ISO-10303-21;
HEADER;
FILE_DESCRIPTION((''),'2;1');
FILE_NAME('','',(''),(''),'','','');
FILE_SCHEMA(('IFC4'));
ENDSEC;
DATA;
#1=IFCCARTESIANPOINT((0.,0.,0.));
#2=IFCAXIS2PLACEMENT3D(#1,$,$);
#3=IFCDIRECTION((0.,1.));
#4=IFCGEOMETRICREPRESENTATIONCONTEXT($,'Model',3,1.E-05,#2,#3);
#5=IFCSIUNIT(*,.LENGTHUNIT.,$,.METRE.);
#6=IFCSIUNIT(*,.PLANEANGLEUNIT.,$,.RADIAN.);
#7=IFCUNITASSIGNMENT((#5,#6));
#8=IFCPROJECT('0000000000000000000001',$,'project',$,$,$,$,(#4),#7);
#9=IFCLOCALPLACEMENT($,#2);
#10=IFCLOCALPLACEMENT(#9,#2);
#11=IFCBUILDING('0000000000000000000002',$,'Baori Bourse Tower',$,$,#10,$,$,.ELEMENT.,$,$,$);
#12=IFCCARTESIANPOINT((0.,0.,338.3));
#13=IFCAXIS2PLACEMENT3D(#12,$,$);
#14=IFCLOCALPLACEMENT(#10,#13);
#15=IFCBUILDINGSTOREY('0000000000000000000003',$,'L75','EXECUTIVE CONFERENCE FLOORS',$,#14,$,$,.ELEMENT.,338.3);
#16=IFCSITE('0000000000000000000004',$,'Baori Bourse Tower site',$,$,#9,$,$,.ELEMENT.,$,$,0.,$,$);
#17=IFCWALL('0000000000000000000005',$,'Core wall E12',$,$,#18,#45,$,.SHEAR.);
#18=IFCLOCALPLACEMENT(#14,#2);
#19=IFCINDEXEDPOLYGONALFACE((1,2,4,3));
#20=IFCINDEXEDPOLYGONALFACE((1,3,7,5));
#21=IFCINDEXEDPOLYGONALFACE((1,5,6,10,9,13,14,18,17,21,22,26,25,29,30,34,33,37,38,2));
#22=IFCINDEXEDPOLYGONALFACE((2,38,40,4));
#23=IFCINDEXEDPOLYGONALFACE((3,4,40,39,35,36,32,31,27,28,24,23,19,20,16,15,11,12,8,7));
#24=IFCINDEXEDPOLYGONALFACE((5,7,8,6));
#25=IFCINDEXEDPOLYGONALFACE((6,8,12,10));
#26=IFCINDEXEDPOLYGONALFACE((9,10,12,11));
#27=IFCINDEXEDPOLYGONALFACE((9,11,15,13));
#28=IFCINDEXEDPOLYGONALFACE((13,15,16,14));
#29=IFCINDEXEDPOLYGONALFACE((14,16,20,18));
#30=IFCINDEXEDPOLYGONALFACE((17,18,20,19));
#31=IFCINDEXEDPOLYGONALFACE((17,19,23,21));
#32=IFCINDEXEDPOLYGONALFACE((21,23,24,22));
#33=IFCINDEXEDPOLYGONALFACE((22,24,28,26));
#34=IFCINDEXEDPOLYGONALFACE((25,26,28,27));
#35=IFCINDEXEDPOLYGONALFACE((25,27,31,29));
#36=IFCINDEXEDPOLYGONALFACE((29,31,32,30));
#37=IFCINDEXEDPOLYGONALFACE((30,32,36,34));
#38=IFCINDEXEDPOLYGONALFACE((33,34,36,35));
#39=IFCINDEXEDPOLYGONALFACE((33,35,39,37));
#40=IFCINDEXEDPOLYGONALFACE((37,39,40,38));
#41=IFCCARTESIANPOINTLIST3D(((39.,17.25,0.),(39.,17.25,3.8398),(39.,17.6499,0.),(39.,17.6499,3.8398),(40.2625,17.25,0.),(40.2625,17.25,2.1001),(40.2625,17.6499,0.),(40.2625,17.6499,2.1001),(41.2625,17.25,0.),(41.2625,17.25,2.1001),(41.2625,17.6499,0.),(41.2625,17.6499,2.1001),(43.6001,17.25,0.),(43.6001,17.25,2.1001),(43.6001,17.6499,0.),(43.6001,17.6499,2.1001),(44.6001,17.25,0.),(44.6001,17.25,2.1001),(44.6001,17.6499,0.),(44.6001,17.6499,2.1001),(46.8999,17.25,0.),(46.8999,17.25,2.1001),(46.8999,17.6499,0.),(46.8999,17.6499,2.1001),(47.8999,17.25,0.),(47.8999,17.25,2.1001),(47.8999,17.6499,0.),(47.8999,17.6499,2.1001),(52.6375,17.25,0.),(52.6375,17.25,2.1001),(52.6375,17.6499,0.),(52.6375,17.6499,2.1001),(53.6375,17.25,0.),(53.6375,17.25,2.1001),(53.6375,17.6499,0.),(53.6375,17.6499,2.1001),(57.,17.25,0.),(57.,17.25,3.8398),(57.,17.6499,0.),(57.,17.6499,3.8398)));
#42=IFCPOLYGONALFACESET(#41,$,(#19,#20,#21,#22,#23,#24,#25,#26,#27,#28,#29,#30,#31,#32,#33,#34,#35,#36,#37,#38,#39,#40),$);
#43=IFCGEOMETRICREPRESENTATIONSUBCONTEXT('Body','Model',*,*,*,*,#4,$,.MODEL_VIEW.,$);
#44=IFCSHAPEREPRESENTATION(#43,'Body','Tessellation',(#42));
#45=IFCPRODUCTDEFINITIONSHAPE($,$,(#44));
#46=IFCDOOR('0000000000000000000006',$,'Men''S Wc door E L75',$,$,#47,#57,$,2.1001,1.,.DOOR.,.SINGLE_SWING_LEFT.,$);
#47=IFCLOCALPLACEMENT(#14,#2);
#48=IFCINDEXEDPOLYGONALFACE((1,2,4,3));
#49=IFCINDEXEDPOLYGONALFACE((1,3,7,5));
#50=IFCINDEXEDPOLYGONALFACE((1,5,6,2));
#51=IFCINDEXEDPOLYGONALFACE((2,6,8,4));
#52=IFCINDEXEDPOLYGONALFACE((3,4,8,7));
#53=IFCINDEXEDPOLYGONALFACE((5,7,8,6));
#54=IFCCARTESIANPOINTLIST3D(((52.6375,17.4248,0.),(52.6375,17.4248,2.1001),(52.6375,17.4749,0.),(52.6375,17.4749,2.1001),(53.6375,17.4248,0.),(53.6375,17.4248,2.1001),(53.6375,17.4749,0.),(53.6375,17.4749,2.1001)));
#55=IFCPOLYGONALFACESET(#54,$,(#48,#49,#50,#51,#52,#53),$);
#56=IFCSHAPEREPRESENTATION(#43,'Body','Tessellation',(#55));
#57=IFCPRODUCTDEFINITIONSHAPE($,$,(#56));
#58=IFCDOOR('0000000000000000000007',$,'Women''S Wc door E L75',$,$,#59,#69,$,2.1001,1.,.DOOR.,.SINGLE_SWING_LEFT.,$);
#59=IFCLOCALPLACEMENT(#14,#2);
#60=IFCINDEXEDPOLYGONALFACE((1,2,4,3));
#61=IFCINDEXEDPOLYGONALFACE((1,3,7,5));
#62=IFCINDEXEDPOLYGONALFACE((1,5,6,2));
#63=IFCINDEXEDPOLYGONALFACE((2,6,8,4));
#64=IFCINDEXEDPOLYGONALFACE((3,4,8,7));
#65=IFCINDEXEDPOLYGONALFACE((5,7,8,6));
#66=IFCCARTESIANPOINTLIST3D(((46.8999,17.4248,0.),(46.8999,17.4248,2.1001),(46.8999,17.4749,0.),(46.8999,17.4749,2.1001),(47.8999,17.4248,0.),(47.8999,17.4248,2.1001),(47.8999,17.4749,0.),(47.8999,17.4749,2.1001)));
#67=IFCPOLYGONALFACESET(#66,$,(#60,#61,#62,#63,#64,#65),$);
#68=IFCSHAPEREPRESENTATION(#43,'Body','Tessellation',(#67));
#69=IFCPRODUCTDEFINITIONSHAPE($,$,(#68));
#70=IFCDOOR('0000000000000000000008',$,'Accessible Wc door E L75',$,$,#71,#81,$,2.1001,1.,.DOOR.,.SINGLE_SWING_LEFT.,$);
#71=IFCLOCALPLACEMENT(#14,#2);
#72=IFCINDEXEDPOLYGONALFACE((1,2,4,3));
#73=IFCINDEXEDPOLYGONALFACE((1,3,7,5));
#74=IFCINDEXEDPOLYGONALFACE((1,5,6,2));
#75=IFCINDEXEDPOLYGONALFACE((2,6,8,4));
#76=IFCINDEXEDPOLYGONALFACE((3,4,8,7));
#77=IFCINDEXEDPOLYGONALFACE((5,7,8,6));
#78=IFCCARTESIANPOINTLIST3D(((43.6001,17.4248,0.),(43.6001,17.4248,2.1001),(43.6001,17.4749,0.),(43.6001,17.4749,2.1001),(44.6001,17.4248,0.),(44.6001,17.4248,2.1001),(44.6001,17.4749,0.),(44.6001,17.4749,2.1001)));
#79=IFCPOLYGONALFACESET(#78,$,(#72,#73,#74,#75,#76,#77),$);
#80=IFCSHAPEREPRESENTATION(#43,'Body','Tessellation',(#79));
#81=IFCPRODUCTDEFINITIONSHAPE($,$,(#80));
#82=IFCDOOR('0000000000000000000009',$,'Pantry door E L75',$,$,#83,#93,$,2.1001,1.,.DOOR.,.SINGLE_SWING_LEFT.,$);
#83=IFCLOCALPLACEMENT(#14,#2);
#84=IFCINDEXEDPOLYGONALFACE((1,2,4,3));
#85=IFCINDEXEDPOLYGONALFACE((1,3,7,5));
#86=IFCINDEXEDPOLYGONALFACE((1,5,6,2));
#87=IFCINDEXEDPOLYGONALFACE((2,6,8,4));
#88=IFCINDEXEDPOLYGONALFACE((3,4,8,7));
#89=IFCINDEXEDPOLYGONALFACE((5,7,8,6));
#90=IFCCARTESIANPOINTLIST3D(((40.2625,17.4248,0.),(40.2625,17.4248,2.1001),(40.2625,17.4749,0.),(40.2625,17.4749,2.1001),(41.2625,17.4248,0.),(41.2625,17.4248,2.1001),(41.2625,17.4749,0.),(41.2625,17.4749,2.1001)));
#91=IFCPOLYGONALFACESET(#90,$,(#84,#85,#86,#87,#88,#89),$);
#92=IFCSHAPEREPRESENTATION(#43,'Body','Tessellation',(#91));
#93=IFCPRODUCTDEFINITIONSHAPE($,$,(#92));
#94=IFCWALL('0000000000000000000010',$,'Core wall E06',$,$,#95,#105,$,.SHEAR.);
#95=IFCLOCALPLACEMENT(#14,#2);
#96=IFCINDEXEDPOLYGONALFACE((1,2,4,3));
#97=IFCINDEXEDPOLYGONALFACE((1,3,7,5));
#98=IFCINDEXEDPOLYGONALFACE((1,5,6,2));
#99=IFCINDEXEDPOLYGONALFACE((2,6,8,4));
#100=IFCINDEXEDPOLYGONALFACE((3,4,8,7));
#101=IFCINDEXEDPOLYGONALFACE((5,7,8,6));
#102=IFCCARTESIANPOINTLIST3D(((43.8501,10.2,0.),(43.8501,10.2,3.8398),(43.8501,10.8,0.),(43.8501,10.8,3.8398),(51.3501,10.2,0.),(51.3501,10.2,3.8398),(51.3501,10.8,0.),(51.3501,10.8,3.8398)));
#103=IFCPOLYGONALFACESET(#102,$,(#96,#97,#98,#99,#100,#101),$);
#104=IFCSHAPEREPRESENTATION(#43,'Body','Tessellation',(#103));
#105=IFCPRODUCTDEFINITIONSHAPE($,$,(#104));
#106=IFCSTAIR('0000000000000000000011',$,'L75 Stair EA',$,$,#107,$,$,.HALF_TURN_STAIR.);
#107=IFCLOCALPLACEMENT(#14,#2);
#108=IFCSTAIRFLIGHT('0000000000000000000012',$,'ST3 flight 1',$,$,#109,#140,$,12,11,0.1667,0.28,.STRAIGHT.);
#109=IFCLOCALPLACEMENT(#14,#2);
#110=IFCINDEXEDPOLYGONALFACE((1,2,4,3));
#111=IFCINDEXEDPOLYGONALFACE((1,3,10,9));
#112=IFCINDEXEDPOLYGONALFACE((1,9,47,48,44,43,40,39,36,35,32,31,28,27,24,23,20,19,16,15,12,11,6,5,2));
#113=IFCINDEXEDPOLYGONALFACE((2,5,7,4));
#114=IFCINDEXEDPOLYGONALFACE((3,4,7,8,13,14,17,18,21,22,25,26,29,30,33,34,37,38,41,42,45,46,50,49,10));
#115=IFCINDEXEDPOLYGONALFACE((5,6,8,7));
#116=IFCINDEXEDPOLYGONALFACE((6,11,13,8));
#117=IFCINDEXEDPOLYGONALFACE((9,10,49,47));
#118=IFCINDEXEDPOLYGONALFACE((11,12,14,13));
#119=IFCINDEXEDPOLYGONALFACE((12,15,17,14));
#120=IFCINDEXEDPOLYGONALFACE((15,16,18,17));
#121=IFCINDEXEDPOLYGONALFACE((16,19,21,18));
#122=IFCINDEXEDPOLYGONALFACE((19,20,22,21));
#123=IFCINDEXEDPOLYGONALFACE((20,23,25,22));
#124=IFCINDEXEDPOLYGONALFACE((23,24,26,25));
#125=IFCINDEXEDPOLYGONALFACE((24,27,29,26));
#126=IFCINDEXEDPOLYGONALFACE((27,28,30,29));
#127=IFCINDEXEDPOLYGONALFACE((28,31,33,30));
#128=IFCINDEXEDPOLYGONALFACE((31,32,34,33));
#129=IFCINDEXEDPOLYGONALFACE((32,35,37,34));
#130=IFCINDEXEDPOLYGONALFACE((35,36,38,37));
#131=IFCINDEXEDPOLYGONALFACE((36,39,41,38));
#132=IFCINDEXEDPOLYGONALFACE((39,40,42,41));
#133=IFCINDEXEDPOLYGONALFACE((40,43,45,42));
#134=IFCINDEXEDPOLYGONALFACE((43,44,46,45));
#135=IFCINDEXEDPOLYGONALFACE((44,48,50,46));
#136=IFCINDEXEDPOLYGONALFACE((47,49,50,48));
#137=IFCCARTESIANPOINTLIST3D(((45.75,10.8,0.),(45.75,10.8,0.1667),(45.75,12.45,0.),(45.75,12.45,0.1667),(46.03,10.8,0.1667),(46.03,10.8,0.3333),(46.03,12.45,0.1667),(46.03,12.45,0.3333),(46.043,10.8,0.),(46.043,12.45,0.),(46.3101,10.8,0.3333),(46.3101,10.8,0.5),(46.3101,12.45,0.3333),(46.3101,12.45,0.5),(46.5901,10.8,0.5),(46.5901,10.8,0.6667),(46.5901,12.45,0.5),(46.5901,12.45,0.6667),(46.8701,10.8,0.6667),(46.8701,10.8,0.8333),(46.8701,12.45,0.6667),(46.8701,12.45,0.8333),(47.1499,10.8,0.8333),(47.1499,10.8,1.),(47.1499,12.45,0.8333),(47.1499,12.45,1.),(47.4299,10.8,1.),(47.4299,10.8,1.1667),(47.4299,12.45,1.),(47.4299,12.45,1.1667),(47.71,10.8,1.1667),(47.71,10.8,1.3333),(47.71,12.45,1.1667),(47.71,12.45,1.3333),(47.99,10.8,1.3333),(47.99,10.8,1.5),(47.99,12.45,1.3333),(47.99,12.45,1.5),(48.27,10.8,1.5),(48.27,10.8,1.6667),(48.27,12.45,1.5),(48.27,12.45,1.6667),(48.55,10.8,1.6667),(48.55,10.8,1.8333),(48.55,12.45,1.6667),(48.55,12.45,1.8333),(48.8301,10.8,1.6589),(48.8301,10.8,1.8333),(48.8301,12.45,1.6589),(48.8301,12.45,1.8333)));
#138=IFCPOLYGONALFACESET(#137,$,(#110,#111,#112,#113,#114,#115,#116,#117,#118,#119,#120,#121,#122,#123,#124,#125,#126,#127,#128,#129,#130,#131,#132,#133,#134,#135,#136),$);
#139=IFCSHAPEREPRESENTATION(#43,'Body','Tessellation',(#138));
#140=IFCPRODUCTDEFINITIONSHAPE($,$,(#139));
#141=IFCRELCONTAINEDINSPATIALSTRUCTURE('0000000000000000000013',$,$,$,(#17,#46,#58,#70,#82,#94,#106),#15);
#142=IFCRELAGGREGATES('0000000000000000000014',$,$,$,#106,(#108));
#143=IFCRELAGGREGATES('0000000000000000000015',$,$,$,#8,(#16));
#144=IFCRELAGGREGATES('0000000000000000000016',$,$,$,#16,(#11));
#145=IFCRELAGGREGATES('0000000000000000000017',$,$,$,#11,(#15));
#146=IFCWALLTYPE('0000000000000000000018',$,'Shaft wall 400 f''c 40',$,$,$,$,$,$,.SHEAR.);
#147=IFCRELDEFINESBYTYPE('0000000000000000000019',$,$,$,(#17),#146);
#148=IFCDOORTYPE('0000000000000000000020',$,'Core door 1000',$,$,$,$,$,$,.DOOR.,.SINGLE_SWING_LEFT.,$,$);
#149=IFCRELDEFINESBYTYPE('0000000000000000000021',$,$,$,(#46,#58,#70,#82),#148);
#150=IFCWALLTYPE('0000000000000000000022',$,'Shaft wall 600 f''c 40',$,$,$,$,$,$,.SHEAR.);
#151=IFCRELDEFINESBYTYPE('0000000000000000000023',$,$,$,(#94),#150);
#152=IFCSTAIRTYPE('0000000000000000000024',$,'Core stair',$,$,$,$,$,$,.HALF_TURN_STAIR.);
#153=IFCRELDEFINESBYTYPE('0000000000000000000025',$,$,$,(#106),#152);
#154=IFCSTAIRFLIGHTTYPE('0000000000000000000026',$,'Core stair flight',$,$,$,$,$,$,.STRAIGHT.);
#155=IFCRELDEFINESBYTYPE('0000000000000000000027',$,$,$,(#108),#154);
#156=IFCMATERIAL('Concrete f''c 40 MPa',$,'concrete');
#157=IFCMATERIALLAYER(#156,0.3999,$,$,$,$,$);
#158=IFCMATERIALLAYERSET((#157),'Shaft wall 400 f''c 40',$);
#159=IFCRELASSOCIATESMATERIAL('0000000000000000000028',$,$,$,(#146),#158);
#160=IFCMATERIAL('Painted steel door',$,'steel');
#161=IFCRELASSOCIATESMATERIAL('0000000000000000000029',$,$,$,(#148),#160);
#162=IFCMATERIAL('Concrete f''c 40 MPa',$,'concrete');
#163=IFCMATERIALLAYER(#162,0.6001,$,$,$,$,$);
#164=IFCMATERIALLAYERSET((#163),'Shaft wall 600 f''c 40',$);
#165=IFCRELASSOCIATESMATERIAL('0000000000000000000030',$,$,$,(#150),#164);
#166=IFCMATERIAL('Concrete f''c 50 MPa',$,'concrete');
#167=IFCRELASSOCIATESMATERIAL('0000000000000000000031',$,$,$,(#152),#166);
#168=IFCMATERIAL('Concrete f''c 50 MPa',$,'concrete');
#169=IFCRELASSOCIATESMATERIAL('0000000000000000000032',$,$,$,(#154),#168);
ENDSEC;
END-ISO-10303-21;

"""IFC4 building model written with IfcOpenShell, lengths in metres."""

from ifc_helpers import new_model, si_unit, direction, frame, frame_2d, origin, place, context, subcontext, project, spatial, polyline, rectangle, outline, extrude, material, layer, layer_set, type_object, element, fill, aggregate, save


model = new_model("IFC4")

# Units and contexts
model_context = context("Model", 3, precision=1e-05, world=origin(), true_north=direction((0.0, 1.0)))
body_context = subcontext(model_context, "Body", "Model", "MODEL_VIEW")
ifc_project = project(units=[si_unit("LENGTHUNIT", "METRE"), si_unit("PLANEANGLEUNIT", "RADIAN")], contexts=[model_context])

# Site, building, storey
site_placement = place(None, origin())
site = spatial("IfcSite", under=ifc_project, at=site_placement, Name="Baori Bourse Tower site", CompositionType="ELEMENT", RefElevation=0.0)
building_placement = place(site_placement, origin())
building = spatial("IfcBuilding", under=site, at=building_placement, Name="Baori Bourse Tower", CompositionType="ELEMENT")
storey_placement = place(building_placement, frame((0.0, 0.0, 338.3)))
storey = spatial("IfcBuildingStorey", under=building, at=storey_placement, Name="L75", Description="EXECUTIVE CONFERENCE FLOORS", CompositionType="ELEMENT", Elevation=338.3)

# Shared definitions
ifc_material_1 = material(Name="Concrete f'c 40 MPa", Category="concrete")
ifc_layer_1 = layer(ifc_material_1, 0.3999)
ifc_layer_set_1 = layer_set([ifc_layer_1], Name="Shaft wall 400 f'c 40")
wall_type_1 = type_object("IfcWallType", Name="Shaft wall 400 f'c 40", PredefinedType="SHEAR", material=ifc_layer_set_1)

# Wall, openings, doors
wall_1_placement = place(storey_placement, frame((39.0, 17.45, 0.0), z_axis=(0.0, 0.0, 1.0), x_axis=(1.0, 0.0, 0.0)))
wall_1 = element("IfcWall", 1, at=wall_1_placement, inside=storey, type_object=wall_type_1, Name="Core wall E12", PredefinedType="SHEAR", context=body_context, shape_type="SweptSolid", body=[
    extrude(rectangle(XDim=18.0, YDim=0.3999, at=frame_2d((9.0, 0.0))), origin(), (0.0, 0.0, 1.0), 3.8398),
])
opening_1_placement = place(wall_1_placement, frame((13.6375, 0.0, 0.0)))
opening_1 = element("IfcOpeningElement", 2, at=opening_1_placement, cuts=wall_1, PredefinedType="OPENING", context=body_context, shape_type="SweptSolid", body=[
    extrude(rectangle(XDim=1.0, YDim=2.1001, at=frame_2d((0.5, 1.05))), frame((0.0, 0.21, 0.0), z_axis=(0.0, -1.0, 0.0), x_axis=(1.0, 0.0, 0.0)), (0.0, 0.0, 1.0), 0.4199),
])
opening_2_placement = place(wall_1_placement, frame((7.8999, 0.0, 0.0)))
opening_2 = element("IfcOpeningElement", 3, at=opening_2_placement, cuts=wall_1, PredefinedType="OPENING", context=body_context, shape_type="SweptSolid", body=[
    extrude(rectangle(XDim=1.0, YDim=2.1001, at=frame_2d((0.5, 1.05))), frame((0.0, 0.21, 0.0), z_axis=(0.0, -1.0, 0.0), x_axis=(1.0, 0.0, 0.0)), (0.0, 0.0, 1.0), 0.4199),
])
opening_3_placement = place(wall_1_placement, frame((4.6001, 0.0, 0.0)))
opening_3 = element("IfcOpeningElement", 4, at=opening_3_placement, cuts=wall_1, PredefinedType="OPENING", context=body_context, shape_type="SweptSolid", body=[
    extrude(rectangle(XDim=1.0, YDim=2.1001, at=frame_2d((0.5, 1.05))), frame((0.0, 0.21, 0.0), z_axis=(0.0, -1.0, 0.0), x_axis=(1.0, 0.0, 0.0)), (0.0, 0.0, 1.0), 0.4199),
])
opening_4_placement = place(wall_1_placement, frame((1.2625, 0.0, 0.0)))
opening_4 = element("IfcOpeningElement", 5, at=opening_4_placement, cuts=wall_1, PredefinedType="OPENING", context=body_context, shape_type="SweptSolid", body=[
    extrude(rectangle(XDim=1.0, YDim=2.1001, at=frame_2d((0.5, 1.05))), frame((0.0, 0.21, 0.0), z_axis=(0.0, -1.0, 0.0), x_axis=(1.0, 0.0, 0.0)), (0.0, 0.0, 1.0), 0.4199),
])
ifc_material_2 = material(Name="Painted steel door", Category="steel")
door_type_1 = type_object("IfcDoorType", Name="Core door 1000", OperationType="SINGLE_SWING_LEFT", PredefinedType="DOOR", material=ifc_material_2)
door_1_placement = place(opening_1_placement, origin())
door_1 = element("IfcDoor", 6, at=door_1_placement, inside=storey, type_object=door_type_1, Name="Men'S Wc door E L75", OperationType="SINGLE_SWING_LEFT", OverallHeight=2.1001, OverallWidth=1.0, PredefinedType="DOOR", context=body_context, shape_type="SweptSolid", body=[
    extrude(rectangle(XDim=1.0, YDim=2.1001, at=frame_2d((0.5, 1.05))), frame((0.0, 0.0249, 0.0), z_axis=(0.0, -1.0, 0.0), x_axis=(1.0, 0.0, 0.0)), (0.0, 0.0, 1.0), 0.05),
])
fill(opening_1, door_1)
door_2_placement = place(opening_2_placement, origin())
door_2 = element("IfcDoor", 7, at=door_2_placement, inside=storey, type_object=door_type_1, Name="Women'S Wc door E L75", OperationType="SINGLE_SWING_LEFT", OverallHeight=2.1001, OverallWidth=1.0, PredefinedType="DOOR", context=body_context, shape_type="SweptSolid", body=[
    extrude(rectangle(XDim=1.0, YDim=2.1001, at=frame_2d((0.5, 1.05))), frame((0.0, 0.0249, 0.0), z_axis=(0.0, -1.0, 0.0), x_axis=(1.0, 0.0, 0.0)), (0.0, 0.0, 1.0), 0.05),
])
fill(opening_2, door_2)
door_3_placement = place(opening_3_placement, origin())
door_3 = element("IfcDoor", 8, at=door_3_placement, inside=storey, type_object=door_type_1, Name="Accessible Wc door E L75", OperationType="SINGLE_SWING_LEFT", OverallHeight=2.1001, OverallWidth=1.0, PredefinedType="DOOR", context=body_context, shape_type="SweptSolid", body=[
    extrude(rectangle(XDim=1.0, YDim=2.1001, at=frame_2d((0.5, 1.05))), frame((0.0, 0.0249, 0.0), z_axis=(0.0, -1.0, 0.0), x_axis=(1.0, 0.0, 0.0)), (0.0, 0.0, 1.0), 0.05),
])
fill(opening_3, door_3)
door_4_placement = place(opening_4_placement, origin())
door_4 = element("IfcDoor", 9, at=door_4_placement, inside=storey, type_object=door_type_1, Name="Pantry door E L75", OperationType="SINGLE_SWING_LEFT", OverallHeight=2.1001, OverallWidth=1.0, PredefinedType="DOOR", context=body_context, shape_type="SweptSolid", body=[
    extrude(rectangle(XDim=1.0, YDim=2.1001, at=frame_2d((0.5, 1.05))), frame((0.0, 0.0249, 0.0), z_axis=(0.0, -1.0, 0.0), x_axis=(1.0, 0.0, 0.0)), (0.0, 0.0, 1.0), 0.05),
])
fill(opening_4, door_4)

# Wall
ifc_material_3 = material(Name="Concrete f'c 40 MPa", Category="concrete")
ifc_layer_2 = layer(ifc_material_3, 0.6001)
ifc_layer_set_2 = layer_set([ifc_layer_2], Name="Shaft wall 600 f'c 40")
wall_type_2 = type_object("IfcWallType", Name="Shaft wall 600 f'c 40", PredefinedType="SHEAR", material=ifc_layer_set_2)
wall_2_placement = place(storey_placement, frame((43.8501, 10.5, 0.0), z_axis=(0.0, 0.0, 1.0), x_axis=(1.0, 0.0, 0.0)))
element("IfcWall", 10, at=wall_2_placement, inside=storey, type_object=wall_type_2, Name="Core wall E06", PredefinedType="SHEAR", context=body_context, shape_type="SweptSolid", body=[
    extrude(rectangle(XDim=7.5, YDim=0.6001, at=frame_2d((3.75, 0.0))), origin(), (0.0, 0.0, 1.0), 3.8398),
])

# Stair, stair flight
ifc_material_4 = material(Name="Concrete f'c 50 MPa", Category="concrete")
stair_type = type_object("IfcStairType", Name="Core stair", PredefinedType="HALF_TURN_STAIR", material=ifc_material_4)
stair_placement = place(storey_placement, origin())
stair = element("IfcStair", 11, at=stair_placement, inside=storey, type_object=stair_type, Name="L75 Stair EA", PredefinedType="HALF_TURN_STAIR")
ifc_material_5 = material(Name="Concrete f'c 50 MPa", Category="concrete")
stair_flight_type = type_object("IfcStairFlightType", Name="Core stair flight", PredefinedType="STRAIGHT", material=ifc_material_5)
stair_flight_1_placement = place(storey_placement, frame((45.75, 11.625, 0.0), z_axis=(0.0, 0.0, 1.0), x_axis=(1.0, 0.0, 0.0)))
stair_flight_1 = element("IfcStairFlight", 12, at=stair_flight_1_placement, type_object=stair_flight_type, Name="ST3 flight 1", NumberOfRisers=12, NumberOfTreads=11, PredefinedType="STRAIGHT", RiserHeight=0.1667, TreadLength=0.28, context=body_context, shape_type="SweptSolid", body=[
    extrude(outline(polyline([(0.0, 0.0), (0.0, 0.1667), (0.28, 0.1667), (0.28, 0.3333), (0.5601, 0.3333), (0.5601, 0.5), (0.8401, 0.5), (0.8401, 0.6667), (1.1201, 0.6667), (1.1201, 0.8333), (1.3999, 0.8333), (1.3999, 1.0), (1.6799, 1.0), (1.6799, 1.1667), (1.96, 1.1667), (1.96, 1.3333), (2.24, 1.3333), (2.24, 1.5), (2.52, 1.5), (2.52, 1.6667), (2.8, 1.6667), (2.8, 1.8333), (3.0801, 1.8333), (3.0801, 2.0), (3.0801, 1.6589), (0.293, 0.0), (0.0, 0.0)])), frame((0.0, 0.825, 0.0), z_axis=(0.0, -1.0, 0.0), x_axis=(1.0, 0.0, 0.0)), (0.0, 0.0, 1.0), 1.6499),
])
aggregate(stair, [stair_flight_1])

save(model, "model.ifc")
